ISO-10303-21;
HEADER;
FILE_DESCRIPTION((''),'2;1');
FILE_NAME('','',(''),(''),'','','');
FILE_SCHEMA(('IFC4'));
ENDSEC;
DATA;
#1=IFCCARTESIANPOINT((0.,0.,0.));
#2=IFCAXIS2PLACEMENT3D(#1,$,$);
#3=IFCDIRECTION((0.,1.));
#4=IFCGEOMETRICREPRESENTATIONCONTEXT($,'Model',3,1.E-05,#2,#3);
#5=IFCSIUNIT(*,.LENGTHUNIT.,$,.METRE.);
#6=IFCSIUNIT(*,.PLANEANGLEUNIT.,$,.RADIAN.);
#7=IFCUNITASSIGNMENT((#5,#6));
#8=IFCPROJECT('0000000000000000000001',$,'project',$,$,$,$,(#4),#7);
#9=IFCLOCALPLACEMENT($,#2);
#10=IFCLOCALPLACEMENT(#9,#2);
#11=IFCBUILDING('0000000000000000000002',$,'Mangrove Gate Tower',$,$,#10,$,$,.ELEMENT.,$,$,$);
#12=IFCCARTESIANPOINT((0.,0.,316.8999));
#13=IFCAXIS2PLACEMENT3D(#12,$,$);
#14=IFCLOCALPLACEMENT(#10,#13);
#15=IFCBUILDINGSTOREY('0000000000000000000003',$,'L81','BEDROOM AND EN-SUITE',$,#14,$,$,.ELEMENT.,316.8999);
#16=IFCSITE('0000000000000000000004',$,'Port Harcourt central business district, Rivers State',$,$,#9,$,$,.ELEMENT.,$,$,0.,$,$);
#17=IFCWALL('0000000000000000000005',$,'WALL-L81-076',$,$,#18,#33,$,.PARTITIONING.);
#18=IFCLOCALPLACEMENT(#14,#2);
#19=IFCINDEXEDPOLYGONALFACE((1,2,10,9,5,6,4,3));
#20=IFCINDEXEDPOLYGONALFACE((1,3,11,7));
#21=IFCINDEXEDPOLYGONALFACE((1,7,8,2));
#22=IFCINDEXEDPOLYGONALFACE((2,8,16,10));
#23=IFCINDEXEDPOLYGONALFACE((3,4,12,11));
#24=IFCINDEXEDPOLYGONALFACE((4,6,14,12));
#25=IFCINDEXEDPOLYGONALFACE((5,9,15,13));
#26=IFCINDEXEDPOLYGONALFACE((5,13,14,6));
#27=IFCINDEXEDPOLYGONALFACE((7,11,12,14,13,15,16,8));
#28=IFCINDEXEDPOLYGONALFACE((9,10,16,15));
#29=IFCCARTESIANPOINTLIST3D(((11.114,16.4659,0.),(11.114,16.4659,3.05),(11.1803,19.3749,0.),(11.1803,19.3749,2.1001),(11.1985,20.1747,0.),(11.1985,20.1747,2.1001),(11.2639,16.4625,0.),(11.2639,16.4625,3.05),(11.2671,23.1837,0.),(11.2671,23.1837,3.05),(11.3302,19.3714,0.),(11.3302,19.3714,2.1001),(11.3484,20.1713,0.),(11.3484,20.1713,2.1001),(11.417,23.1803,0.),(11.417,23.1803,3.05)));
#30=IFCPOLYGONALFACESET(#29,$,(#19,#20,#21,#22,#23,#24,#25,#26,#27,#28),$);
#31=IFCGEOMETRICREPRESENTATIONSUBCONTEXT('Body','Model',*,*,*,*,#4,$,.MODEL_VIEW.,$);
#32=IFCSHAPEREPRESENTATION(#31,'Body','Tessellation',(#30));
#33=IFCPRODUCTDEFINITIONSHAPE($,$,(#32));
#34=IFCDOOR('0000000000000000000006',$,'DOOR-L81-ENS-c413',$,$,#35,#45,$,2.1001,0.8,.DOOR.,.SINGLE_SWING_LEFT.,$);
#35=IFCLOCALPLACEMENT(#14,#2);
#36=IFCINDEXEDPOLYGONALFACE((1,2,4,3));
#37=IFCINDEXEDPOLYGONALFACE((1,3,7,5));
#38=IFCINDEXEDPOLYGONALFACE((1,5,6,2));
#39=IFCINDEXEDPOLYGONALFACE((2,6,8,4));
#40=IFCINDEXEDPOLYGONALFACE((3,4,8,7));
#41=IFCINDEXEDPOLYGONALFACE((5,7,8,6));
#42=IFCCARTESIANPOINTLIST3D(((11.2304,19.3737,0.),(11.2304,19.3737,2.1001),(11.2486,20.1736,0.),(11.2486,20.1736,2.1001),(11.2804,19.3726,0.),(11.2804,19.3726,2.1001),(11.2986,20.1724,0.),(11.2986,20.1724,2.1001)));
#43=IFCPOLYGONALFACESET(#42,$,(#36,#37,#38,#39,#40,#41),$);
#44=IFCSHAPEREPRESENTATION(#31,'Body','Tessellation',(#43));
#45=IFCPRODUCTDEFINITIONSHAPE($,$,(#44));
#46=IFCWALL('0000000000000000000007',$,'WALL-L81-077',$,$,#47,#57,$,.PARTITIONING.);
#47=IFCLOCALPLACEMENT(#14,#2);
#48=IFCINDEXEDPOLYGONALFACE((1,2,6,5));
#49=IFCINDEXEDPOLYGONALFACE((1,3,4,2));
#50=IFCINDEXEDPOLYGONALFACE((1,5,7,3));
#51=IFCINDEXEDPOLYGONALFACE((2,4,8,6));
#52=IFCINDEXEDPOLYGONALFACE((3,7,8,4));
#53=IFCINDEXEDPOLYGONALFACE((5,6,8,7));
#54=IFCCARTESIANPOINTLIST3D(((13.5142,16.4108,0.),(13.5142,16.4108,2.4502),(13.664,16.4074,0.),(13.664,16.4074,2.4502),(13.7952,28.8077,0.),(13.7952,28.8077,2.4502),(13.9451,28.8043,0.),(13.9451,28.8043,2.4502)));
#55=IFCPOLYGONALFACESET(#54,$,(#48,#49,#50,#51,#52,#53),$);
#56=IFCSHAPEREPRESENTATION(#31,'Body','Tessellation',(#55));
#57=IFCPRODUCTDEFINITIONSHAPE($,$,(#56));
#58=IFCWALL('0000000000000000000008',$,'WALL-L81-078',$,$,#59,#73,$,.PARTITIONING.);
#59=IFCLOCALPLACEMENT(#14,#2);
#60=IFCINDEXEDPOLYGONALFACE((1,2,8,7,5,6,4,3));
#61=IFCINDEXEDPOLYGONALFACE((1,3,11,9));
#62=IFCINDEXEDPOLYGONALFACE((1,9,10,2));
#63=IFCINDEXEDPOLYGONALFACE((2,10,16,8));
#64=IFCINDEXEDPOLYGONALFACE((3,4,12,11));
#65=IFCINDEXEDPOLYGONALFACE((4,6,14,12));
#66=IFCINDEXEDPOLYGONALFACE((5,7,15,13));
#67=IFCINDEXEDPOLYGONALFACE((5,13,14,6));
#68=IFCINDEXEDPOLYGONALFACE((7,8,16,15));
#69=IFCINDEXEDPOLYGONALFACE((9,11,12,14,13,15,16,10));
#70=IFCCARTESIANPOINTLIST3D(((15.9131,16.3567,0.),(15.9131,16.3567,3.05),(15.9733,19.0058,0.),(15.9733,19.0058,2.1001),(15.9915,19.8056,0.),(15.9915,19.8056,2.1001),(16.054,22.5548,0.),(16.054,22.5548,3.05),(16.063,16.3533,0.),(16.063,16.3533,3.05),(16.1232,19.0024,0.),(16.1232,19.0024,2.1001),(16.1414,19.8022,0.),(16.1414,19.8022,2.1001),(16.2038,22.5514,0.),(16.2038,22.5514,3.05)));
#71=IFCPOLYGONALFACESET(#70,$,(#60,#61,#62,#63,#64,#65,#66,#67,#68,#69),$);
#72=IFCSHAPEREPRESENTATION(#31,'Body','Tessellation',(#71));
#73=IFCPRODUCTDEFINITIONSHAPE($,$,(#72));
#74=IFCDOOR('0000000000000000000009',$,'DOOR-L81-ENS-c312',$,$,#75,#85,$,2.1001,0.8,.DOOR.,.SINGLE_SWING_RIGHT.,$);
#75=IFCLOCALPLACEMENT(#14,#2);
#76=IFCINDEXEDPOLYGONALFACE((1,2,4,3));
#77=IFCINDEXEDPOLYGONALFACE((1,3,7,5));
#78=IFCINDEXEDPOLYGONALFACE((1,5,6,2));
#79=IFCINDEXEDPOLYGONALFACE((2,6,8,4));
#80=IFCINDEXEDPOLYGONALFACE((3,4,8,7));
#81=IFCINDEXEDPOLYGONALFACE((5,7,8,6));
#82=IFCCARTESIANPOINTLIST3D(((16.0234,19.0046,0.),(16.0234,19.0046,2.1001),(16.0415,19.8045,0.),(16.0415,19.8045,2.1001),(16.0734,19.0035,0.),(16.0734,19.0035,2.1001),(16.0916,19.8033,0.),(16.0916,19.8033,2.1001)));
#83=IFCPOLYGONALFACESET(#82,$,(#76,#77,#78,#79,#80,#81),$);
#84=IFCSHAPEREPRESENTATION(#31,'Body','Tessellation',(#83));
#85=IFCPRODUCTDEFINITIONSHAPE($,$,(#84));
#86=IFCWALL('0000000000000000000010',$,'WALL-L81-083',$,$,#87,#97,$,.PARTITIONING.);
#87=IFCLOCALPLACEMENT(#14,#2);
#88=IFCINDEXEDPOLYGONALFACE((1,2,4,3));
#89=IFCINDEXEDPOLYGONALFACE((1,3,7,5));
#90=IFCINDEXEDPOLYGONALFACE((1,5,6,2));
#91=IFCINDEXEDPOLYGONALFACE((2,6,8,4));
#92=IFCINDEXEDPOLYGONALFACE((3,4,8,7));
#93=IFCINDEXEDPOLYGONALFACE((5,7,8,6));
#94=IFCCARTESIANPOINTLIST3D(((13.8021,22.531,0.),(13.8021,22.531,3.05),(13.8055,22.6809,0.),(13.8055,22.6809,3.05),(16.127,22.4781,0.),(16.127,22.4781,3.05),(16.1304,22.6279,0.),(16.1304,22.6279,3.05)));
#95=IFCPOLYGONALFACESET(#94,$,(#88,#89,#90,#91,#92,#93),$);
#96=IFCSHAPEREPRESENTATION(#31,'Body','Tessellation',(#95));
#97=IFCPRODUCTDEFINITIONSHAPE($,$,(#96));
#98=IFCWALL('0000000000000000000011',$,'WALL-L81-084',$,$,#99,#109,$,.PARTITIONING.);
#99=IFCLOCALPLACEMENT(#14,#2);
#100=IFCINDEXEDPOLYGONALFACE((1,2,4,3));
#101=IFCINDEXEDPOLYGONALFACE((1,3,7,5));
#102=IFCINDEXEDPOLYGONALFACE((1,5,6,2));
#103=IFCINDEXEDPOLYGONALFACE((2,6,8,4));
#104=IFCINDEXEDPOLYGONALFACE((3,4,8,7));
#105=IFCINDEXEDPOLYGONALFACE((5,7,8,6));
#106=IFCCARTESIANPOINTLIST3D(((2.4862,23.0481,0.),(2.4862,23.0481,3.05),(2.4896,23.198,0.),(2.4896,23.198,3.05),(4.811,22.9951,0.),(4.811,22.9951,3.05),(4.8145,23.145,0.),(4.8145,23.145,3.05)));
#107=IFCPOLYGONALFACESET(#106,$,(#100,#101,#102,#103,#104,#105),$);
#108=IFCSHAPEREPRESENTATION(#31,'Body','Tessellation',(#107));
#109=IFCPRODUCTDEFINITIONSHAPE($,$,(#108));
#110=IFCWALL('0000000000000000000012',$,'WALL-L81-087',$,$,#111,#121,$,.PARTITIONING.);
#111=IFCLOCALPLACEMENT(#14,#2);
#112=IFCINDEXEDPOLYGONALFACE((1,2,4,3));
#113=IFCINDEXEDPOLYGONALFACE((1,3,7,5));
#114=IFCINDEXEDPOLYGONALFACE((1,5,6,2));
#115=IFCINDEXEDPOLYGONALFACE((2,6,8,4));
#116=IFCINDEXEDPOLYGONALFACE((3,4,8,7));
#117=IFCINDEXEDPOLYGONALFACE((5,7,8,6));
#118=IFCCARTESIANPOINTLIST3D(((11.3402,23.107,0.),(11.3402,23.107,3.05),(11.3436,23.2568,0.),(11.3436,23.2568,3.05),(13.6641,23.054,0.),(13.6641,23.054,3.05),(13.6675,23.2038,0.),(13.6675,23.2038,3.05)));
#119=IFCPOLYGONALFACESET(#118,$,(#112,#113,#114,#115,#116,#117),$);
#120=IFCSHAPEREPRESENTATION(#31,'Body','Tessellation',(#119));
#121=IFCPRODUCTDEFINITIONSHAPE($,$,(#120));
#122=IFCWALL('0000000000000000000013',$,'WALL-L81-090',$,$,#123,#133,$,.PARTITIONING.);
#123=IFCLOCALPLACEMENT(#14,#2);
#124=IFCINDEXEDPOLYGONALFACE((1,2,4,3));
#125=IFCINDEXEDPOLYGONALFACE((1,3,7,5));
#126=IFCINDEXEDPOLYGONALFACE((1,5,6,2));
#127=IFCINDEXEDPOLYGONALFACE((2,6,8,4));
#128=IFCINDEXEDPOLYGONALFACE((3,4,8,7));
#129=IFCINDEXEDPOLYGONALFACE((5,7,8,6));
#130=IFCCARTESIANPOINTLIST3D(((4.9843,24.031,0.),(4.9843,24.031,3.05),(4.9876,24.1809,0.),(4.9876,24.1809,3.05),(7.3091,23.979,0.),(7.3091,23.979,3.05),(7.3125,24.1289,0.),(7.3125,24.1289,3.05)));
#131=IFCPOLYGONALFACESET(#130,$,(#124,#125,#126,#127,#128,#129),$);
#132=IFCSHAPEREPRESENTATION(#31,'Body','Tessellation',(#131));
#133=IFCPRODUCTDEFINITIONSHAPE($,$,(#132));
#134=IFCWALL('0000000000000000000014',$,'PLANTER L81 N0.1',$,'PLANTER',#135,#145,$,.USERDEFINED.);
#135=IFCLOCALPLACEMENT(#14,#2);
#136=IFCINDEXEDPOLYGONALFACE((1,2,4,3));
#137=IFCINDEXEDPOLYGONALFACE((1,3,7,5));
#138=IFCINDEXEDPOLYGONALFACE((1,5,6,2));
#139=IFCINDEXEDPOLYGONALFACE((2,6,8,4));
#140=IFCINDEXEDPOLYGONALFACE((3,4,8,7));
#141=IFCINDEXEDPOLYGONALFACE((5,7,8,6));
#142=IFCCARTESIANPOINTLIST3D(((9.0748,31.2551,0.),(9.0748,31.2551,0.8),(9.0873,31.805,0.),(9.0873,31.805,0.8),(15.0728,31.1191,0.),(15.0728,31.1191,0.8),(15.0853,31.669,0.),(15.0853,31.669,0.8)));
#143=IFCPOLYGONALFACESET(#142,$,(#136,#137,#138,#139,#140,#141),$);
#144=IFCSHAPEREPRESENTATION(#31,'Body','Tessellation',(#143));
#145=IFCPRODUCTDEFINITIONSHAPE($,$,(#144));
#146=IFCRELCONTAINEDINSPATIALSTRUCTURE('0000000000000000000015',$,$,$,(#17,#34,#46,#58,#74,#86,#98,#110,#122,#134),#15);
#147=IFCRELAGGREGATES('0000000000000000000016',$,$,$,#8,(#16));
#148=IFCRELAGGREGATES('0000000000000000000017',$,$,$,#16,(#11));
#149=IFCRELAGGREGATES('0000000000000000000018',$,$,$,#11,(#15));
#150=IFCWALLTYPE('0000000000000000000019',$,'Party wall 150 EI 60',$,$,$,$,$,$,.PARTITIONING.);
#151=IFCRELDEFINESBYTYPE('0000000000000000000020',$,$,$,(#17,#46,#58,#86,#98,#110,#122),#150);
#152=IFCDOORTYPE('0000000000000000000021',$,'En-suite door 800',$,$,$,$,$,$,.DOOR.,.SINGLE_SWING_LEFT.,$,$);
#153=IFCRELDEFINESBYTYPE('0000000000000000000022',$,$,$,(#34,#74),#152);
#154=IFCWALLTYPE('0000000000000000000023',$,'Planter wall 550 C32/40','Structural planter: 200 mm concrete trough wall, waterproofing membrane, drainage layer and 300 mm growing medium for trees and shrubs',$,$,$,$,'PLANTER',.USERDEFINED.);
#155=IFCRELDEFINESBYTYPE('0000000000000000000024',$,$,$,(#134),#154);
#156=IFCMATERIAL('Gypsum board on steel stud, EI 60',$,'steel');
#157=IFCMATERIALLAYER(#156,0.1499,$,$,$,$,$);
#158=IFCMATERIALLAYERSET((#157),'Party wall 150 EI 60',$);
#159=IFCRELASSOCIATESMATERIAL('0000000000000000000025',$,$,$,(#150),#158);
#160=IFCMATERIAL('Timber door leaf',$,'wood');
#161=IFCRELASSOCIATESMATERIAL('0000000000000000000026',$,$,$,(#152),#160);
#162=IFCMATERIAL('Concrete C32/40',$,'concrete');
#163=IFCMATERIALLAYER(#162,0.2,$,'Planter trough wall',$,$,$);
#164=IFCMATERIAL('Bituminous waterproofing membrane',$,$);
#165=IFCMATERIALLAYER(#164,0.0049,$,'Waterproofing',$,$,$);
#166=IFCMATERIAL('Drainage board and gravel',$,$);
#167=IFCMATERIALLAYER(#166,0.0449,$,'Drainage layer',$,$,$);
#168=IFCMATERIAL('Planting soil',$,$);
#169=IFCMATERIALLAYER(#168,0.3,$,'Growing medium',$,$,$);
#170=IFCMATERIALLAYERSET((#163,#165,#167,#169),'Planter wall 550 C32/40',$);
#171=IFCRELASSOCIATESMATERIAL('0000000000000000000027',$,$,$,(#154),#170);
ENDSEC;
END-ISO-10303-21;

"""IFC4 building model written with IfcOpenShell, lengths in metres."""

from ifc_helpers import new_model, si_unit, direction, frame, frame_2d, origin, place, context, subcontext, project, spatial, rectangle, extrude, material, layer, layer_set, type_object, element, fill, save


model = new_model("IFC4")

# Units and contexts
model_context = context("Model", 3, precision=1e-05, world=origin(), true_north=direction((0.0, 1.0)))
body_context = subcontext(model_context, "Body", "Model", "MODEL_VIEW")
ifc_project = project(units=[si_unit("LENGTHUNIT", "METRE"), si_unit("PLANEANGLEUNIT", "RADIAN")], contexts=[model_context])

# Site, building, storey
site_placement = place(None, origin())
site = spatial("IfcSite", under=ifc_project, at=site_placement, Name="Port Harcourt central business district, Rivers State", CompositionType="ELEMENT", RefElevation=0.0)
building_placement = place(site_placement, origin())
building = spatial("IfcBuilding", under=site, at=building_placement, Name="Mangrove Gate Tower", CompositionType="ELEMENT")
storey_placement = place(building_placement, frame((0.0, 0.0, 316.8999)))
storey = spatial("IfcBuildingStorey", under=building, at=storey_placement, Name="L81", Description="BEDROOM AND EN-SUITE", CompositionType="ELEMENT", Elevation=316.8999)

# Shared definitions
ifc_material_1 = material(Name="Gypsum board on steel stud, EI 60", Category="steel")
ifc_layer_1 = layer(ifc_material_1, 0.1499)
ifc_layer_set_1 = layer_set([ifc_layer_1], Name="Party wall 150 EI 60")
wall_type_1 = type_object("IfcWallType", Name="Party wall 150 EI 60", PredefinedType="PARTITIONING", material=ifc_layer_set_1)

# Shared definitions
ifc_material_2 = material(Name="Timber door leaf", Category="wood")
door_type = type_object("IfcDoorType", Name="En-suite door 800", OperationType="SINGLE_SWING_LEFT", PredefinedType="DOOR", material=ifc_material_2)

# Wall, opening, door
wall_1_placement = place(storey_placement, frame((11.189, 16.4641, 0.0), z_axis=(0.0, 0.0, 1.0), x_axis=(0.022781, 0.99974, 0.0)))
wall_1 = element("IfcWall", 1, at=wall_1_placement, inside=storey, type_object=wall_type_1, Name="WALL-L81-076", PredefinedType="PARTITIONING", context=body_context, shape_type="SweptSolid", body=[
    extrude(rectangle(XDim=6.7195, YDim=0.1499, at=frame_2d((3.3599, 0.0))), origin(), (0.0, 0.0, 1.0), 3.05),
])
opening_1_placement = place(wall_1_placement, frame((2.9099, 0.0, 0.0)))
opening_1 = element("IfcOpeningElement", 2, at=opening_1_placement, cuts=wall_1, PredefinedType="OPENING", context=body_context, shape_type="SweptSolid", body=[
    extrude(rectangle(XDim=0.8, YDim=2.1001, at=frame_2d((0.3999, 1.05))), frame((0.0, 0.085, 0.0), z_axis=(0.0, -1.0, 0.0), x_axis=(1.0, 0.0, 0.0)), (0.0, 0.0, 1.0), 0.1699),
])
door_1_placement = place(opening_1_placement, origin())
door_1 = element("IfcDoor", 3, at=door_1_placement, inside=storey, type_object=door_type, Name="DOOR-L81-ENS-c413", OperationType="SINGLE_SWING_LEFT", OverallHeight=2.1001, OverallWidth=0.8, PredefinedType="DOOR", context=body_context, shape_type="SweptSolid", body=[
    extrude(rectangle(XDim=0.8, YDim=2.1001, at=frame_2d((0.3999, 1.05))), frame((0.0, 0.0249, 0.0), z_axis=(0.0, -1.0, 0.0), x_axis=(1.0, 0.0, 0.0)), (0.0, 0.0, 1.0), 0.05),
])
fill(opening_1, door_1)

# Wall
wall_2_placement = place(storey_placement, frame((13.5891, 16.4089, 0.0), z_axis=(0.0, 0.0, 1.0), x_axis=(0.022661, 0.999743, 0.0)))
element("IfcWall", 4, at=wall_2_placement, inside=storey, type_object=wall_type_1, Name="WALL-L81-077", PredefinedType="PARTITIONING", context=body_context, shape_type="SweptSolid", body=[
    extrude(rectangle(XDim=12.4001, YDim=0.1499, at=frame_2d((6.2002, 0.0))), origin(), (0.0, 0.0, 1.0), 2.4502),
])

# Wall, opening, door
wall_3_placement = place(storey_placement, frame((15.988, 16.355, 0.0), z_axis=(0.0, 0.0, 1.0), x_axis=(0.022722, 0.999742, 0.0)))
wall_3 = element("IfcWall", 5, at=wall_3_placement, inside=storey, type_object=wall_type_1, Name="WALL-L81-078", PredefinedType="PARTITIONING", context=body_context, shape_type="SweptSolid", body=[
    extrude(rectangle(XDim=6.1997, YDim=0.1499, at=frame_2d((3.0999, 0.0))), origin(), (0.0, 0.0, 1.0), 3.05),
])
opening_2_placement = place(wall_3_placement, frame((2.6499, 0.0, 0.0)))
opening_2 = element("IfcOpeningElement", 6, at=opening_2_placement, cuts=wall_3, PredefinedType="OPENING", context=body_context, shape_type="SweptSolid", body=[
    extrude(rectangle(XDim=0.8, YDim=2.1001, at=frame_2d((0.3999, 1.05))), frame((0.0, 0.085, 0.0), z_axis=(0.0, -1.0, 0.0), x_axis=(1.0, 0.0, 0.0)), (0.0, 0.0, 1.0), 0.1699),
])
door_2_placement = place(opening_2_placement, origin())
door_2 = element("IfcDoor", 7, at=door_2_placement, inside=storey, type_object=door_type, Name="DOOR-L81-ENS-c312", OperationType="SINGLE_SWING_RIGHT", OverallHeight=2.1001, OverallWidth=0.8, PredefinedType="DOOR", context=body_context, shape_type="SweptSolid", body=[
    extrude(rectangle(XDim=0.8, YDim=2.1001, at=frame_2d((0.3999, 1.05))), frame((0.0, 0.0249, 0.0), z_axis=(0.0, -1.0, 0.0), x_axis=(1.0, 0.0, 0.0)), (0.0, 0.0, 1.0), 0.05),
])
fill(opening_2, door_2)

# Walls
for number, where, z_axis, x_axis, name in (
    (8, (13.804, 22.606, 0.0), (0.0, 0.0, 1.0), (0.99974, -0.022781, 0.0), "WALL-L81-083"),
    (9, (2.488, 23.123, 0.0), (0.0, 0.0, 1.0), (0.99974, -0.022781, 0.0), "WALL-L81-084"),
):
    element("IfcWall", number, at=place(storey_placement, frame(where, z_axis=z_axis, x_axis=x_axis)), inside=storey, type_object=wall_type_1, Name=name, PredefinedType="PARTITIONING", context=body_context, shape_type="SweptSolid", body=[
        extrude(rectangle(XDim=2.3254, YDim=0.1499, at=frame_2d((1.1626, 0.0))), origin(), (0.0, 0.0, 1.0), 3.05),
    ])
wall_4_placement = place(storey_placement, frame((11.342, 23.1819, 0.0), z_axis=(0.0, 0.0, 1.0), x_axis=(0.99974, -0.022791, 0.0)))
element("IfcWall", 10, at=wall_4_placement, inside=storey, type_object=wall_type_1, Name="WALL-L81-087", PredefinedType="PARTITIONING", context=body_context, shape_type="SweptSolid", body=[
    extrude(rectangle(XDim=2.3245, YDim=0.1499, at=frame_2d((1.1621, 0.0))), origin(), (0.0, 0.0, 1.0), 3.05),
])
wall_5_placement = place(storey_placement, frame((4.9861, 24.106, 0.0), z_axis=(0.0, 0.0, 1.0), x_axis=(0.99975, -0.022361, 0.0)))
element("IfcWall", 11, at=wall_5_placement, inside=storey, type_object=wall_type_1, Name="WALL-L81-090", PredefinedType="PARTITIONING", context=body_context, shape_type="SweptSolid", body=[
    extrude(rectangle(XDim=2.3254, YDim=0.1499, at=frame_2d((1.1626, 0.0))), origin(), (0.0, 0.0, 1.0), 3.05),
])
ifc_material_3 = material(Name="Concrete C32/40", Category="concrete")
ifc_layer_2 = layer(ifc_material_3, 0.2, Name="Planter trough wall")
ifc_material_4 = material(Name="Bituminous waterproofing membrane")
ifc_layer_3 = layer(ifc_material_4, 0.0049, Name="Waterproofing")
ifc_material_5 = material(Name="Drainage board and gravel")
ifc_layer_4 = layer(ifc_material_5, 0.0449, Name="Drainage layer")
ifc_material_6 = material(Name="Planting soil")
ifc_layer_5 = layer(ifc_material_6, 0.3, Name="Growing medium")
ifc_layer_set_2 = layer_set([ifc_layer_2, ifc_layer_3, ifc_layer_4, ifc_layer_5], Name="Planter wall 550 C32/40")
wall_type_2 = type_object("IfcWallType", Name="Planter wall 550 C32/40", Description="Structural planter: 200 mm concrete trough wall, waterproofing membrane, drainage layer and 300 mm growing medium for trees and shrubs", ElementType="PLANTER", PredefinedType="USERDEFINED", material=ifc_layer_set_2)
wall_6_placement = place(storey_placement, frame((9.0811, 31.53, 0.0), z_axis=(0.0, 0.0, 1.0), x_axis=(0.999743, -0.022666, 0.0)))
element("IfcWall", 12, at=wall_6_placement, inside=storey, type_object=wall_type_2, Name="PLANTER L81 N0.1", ObjectType="PLANTER", PredefinedType="USERDEFINED", context=body_context, shape_type="SweptSolid", body=[
    extrude(rectangle(XDim=5.9995, YDim=0.55, at=frame_2d((2.9998, 0.0))), origin(), (0.0, 0.0, 1.0), 0.8),
])

save(model, "model.ifc")
